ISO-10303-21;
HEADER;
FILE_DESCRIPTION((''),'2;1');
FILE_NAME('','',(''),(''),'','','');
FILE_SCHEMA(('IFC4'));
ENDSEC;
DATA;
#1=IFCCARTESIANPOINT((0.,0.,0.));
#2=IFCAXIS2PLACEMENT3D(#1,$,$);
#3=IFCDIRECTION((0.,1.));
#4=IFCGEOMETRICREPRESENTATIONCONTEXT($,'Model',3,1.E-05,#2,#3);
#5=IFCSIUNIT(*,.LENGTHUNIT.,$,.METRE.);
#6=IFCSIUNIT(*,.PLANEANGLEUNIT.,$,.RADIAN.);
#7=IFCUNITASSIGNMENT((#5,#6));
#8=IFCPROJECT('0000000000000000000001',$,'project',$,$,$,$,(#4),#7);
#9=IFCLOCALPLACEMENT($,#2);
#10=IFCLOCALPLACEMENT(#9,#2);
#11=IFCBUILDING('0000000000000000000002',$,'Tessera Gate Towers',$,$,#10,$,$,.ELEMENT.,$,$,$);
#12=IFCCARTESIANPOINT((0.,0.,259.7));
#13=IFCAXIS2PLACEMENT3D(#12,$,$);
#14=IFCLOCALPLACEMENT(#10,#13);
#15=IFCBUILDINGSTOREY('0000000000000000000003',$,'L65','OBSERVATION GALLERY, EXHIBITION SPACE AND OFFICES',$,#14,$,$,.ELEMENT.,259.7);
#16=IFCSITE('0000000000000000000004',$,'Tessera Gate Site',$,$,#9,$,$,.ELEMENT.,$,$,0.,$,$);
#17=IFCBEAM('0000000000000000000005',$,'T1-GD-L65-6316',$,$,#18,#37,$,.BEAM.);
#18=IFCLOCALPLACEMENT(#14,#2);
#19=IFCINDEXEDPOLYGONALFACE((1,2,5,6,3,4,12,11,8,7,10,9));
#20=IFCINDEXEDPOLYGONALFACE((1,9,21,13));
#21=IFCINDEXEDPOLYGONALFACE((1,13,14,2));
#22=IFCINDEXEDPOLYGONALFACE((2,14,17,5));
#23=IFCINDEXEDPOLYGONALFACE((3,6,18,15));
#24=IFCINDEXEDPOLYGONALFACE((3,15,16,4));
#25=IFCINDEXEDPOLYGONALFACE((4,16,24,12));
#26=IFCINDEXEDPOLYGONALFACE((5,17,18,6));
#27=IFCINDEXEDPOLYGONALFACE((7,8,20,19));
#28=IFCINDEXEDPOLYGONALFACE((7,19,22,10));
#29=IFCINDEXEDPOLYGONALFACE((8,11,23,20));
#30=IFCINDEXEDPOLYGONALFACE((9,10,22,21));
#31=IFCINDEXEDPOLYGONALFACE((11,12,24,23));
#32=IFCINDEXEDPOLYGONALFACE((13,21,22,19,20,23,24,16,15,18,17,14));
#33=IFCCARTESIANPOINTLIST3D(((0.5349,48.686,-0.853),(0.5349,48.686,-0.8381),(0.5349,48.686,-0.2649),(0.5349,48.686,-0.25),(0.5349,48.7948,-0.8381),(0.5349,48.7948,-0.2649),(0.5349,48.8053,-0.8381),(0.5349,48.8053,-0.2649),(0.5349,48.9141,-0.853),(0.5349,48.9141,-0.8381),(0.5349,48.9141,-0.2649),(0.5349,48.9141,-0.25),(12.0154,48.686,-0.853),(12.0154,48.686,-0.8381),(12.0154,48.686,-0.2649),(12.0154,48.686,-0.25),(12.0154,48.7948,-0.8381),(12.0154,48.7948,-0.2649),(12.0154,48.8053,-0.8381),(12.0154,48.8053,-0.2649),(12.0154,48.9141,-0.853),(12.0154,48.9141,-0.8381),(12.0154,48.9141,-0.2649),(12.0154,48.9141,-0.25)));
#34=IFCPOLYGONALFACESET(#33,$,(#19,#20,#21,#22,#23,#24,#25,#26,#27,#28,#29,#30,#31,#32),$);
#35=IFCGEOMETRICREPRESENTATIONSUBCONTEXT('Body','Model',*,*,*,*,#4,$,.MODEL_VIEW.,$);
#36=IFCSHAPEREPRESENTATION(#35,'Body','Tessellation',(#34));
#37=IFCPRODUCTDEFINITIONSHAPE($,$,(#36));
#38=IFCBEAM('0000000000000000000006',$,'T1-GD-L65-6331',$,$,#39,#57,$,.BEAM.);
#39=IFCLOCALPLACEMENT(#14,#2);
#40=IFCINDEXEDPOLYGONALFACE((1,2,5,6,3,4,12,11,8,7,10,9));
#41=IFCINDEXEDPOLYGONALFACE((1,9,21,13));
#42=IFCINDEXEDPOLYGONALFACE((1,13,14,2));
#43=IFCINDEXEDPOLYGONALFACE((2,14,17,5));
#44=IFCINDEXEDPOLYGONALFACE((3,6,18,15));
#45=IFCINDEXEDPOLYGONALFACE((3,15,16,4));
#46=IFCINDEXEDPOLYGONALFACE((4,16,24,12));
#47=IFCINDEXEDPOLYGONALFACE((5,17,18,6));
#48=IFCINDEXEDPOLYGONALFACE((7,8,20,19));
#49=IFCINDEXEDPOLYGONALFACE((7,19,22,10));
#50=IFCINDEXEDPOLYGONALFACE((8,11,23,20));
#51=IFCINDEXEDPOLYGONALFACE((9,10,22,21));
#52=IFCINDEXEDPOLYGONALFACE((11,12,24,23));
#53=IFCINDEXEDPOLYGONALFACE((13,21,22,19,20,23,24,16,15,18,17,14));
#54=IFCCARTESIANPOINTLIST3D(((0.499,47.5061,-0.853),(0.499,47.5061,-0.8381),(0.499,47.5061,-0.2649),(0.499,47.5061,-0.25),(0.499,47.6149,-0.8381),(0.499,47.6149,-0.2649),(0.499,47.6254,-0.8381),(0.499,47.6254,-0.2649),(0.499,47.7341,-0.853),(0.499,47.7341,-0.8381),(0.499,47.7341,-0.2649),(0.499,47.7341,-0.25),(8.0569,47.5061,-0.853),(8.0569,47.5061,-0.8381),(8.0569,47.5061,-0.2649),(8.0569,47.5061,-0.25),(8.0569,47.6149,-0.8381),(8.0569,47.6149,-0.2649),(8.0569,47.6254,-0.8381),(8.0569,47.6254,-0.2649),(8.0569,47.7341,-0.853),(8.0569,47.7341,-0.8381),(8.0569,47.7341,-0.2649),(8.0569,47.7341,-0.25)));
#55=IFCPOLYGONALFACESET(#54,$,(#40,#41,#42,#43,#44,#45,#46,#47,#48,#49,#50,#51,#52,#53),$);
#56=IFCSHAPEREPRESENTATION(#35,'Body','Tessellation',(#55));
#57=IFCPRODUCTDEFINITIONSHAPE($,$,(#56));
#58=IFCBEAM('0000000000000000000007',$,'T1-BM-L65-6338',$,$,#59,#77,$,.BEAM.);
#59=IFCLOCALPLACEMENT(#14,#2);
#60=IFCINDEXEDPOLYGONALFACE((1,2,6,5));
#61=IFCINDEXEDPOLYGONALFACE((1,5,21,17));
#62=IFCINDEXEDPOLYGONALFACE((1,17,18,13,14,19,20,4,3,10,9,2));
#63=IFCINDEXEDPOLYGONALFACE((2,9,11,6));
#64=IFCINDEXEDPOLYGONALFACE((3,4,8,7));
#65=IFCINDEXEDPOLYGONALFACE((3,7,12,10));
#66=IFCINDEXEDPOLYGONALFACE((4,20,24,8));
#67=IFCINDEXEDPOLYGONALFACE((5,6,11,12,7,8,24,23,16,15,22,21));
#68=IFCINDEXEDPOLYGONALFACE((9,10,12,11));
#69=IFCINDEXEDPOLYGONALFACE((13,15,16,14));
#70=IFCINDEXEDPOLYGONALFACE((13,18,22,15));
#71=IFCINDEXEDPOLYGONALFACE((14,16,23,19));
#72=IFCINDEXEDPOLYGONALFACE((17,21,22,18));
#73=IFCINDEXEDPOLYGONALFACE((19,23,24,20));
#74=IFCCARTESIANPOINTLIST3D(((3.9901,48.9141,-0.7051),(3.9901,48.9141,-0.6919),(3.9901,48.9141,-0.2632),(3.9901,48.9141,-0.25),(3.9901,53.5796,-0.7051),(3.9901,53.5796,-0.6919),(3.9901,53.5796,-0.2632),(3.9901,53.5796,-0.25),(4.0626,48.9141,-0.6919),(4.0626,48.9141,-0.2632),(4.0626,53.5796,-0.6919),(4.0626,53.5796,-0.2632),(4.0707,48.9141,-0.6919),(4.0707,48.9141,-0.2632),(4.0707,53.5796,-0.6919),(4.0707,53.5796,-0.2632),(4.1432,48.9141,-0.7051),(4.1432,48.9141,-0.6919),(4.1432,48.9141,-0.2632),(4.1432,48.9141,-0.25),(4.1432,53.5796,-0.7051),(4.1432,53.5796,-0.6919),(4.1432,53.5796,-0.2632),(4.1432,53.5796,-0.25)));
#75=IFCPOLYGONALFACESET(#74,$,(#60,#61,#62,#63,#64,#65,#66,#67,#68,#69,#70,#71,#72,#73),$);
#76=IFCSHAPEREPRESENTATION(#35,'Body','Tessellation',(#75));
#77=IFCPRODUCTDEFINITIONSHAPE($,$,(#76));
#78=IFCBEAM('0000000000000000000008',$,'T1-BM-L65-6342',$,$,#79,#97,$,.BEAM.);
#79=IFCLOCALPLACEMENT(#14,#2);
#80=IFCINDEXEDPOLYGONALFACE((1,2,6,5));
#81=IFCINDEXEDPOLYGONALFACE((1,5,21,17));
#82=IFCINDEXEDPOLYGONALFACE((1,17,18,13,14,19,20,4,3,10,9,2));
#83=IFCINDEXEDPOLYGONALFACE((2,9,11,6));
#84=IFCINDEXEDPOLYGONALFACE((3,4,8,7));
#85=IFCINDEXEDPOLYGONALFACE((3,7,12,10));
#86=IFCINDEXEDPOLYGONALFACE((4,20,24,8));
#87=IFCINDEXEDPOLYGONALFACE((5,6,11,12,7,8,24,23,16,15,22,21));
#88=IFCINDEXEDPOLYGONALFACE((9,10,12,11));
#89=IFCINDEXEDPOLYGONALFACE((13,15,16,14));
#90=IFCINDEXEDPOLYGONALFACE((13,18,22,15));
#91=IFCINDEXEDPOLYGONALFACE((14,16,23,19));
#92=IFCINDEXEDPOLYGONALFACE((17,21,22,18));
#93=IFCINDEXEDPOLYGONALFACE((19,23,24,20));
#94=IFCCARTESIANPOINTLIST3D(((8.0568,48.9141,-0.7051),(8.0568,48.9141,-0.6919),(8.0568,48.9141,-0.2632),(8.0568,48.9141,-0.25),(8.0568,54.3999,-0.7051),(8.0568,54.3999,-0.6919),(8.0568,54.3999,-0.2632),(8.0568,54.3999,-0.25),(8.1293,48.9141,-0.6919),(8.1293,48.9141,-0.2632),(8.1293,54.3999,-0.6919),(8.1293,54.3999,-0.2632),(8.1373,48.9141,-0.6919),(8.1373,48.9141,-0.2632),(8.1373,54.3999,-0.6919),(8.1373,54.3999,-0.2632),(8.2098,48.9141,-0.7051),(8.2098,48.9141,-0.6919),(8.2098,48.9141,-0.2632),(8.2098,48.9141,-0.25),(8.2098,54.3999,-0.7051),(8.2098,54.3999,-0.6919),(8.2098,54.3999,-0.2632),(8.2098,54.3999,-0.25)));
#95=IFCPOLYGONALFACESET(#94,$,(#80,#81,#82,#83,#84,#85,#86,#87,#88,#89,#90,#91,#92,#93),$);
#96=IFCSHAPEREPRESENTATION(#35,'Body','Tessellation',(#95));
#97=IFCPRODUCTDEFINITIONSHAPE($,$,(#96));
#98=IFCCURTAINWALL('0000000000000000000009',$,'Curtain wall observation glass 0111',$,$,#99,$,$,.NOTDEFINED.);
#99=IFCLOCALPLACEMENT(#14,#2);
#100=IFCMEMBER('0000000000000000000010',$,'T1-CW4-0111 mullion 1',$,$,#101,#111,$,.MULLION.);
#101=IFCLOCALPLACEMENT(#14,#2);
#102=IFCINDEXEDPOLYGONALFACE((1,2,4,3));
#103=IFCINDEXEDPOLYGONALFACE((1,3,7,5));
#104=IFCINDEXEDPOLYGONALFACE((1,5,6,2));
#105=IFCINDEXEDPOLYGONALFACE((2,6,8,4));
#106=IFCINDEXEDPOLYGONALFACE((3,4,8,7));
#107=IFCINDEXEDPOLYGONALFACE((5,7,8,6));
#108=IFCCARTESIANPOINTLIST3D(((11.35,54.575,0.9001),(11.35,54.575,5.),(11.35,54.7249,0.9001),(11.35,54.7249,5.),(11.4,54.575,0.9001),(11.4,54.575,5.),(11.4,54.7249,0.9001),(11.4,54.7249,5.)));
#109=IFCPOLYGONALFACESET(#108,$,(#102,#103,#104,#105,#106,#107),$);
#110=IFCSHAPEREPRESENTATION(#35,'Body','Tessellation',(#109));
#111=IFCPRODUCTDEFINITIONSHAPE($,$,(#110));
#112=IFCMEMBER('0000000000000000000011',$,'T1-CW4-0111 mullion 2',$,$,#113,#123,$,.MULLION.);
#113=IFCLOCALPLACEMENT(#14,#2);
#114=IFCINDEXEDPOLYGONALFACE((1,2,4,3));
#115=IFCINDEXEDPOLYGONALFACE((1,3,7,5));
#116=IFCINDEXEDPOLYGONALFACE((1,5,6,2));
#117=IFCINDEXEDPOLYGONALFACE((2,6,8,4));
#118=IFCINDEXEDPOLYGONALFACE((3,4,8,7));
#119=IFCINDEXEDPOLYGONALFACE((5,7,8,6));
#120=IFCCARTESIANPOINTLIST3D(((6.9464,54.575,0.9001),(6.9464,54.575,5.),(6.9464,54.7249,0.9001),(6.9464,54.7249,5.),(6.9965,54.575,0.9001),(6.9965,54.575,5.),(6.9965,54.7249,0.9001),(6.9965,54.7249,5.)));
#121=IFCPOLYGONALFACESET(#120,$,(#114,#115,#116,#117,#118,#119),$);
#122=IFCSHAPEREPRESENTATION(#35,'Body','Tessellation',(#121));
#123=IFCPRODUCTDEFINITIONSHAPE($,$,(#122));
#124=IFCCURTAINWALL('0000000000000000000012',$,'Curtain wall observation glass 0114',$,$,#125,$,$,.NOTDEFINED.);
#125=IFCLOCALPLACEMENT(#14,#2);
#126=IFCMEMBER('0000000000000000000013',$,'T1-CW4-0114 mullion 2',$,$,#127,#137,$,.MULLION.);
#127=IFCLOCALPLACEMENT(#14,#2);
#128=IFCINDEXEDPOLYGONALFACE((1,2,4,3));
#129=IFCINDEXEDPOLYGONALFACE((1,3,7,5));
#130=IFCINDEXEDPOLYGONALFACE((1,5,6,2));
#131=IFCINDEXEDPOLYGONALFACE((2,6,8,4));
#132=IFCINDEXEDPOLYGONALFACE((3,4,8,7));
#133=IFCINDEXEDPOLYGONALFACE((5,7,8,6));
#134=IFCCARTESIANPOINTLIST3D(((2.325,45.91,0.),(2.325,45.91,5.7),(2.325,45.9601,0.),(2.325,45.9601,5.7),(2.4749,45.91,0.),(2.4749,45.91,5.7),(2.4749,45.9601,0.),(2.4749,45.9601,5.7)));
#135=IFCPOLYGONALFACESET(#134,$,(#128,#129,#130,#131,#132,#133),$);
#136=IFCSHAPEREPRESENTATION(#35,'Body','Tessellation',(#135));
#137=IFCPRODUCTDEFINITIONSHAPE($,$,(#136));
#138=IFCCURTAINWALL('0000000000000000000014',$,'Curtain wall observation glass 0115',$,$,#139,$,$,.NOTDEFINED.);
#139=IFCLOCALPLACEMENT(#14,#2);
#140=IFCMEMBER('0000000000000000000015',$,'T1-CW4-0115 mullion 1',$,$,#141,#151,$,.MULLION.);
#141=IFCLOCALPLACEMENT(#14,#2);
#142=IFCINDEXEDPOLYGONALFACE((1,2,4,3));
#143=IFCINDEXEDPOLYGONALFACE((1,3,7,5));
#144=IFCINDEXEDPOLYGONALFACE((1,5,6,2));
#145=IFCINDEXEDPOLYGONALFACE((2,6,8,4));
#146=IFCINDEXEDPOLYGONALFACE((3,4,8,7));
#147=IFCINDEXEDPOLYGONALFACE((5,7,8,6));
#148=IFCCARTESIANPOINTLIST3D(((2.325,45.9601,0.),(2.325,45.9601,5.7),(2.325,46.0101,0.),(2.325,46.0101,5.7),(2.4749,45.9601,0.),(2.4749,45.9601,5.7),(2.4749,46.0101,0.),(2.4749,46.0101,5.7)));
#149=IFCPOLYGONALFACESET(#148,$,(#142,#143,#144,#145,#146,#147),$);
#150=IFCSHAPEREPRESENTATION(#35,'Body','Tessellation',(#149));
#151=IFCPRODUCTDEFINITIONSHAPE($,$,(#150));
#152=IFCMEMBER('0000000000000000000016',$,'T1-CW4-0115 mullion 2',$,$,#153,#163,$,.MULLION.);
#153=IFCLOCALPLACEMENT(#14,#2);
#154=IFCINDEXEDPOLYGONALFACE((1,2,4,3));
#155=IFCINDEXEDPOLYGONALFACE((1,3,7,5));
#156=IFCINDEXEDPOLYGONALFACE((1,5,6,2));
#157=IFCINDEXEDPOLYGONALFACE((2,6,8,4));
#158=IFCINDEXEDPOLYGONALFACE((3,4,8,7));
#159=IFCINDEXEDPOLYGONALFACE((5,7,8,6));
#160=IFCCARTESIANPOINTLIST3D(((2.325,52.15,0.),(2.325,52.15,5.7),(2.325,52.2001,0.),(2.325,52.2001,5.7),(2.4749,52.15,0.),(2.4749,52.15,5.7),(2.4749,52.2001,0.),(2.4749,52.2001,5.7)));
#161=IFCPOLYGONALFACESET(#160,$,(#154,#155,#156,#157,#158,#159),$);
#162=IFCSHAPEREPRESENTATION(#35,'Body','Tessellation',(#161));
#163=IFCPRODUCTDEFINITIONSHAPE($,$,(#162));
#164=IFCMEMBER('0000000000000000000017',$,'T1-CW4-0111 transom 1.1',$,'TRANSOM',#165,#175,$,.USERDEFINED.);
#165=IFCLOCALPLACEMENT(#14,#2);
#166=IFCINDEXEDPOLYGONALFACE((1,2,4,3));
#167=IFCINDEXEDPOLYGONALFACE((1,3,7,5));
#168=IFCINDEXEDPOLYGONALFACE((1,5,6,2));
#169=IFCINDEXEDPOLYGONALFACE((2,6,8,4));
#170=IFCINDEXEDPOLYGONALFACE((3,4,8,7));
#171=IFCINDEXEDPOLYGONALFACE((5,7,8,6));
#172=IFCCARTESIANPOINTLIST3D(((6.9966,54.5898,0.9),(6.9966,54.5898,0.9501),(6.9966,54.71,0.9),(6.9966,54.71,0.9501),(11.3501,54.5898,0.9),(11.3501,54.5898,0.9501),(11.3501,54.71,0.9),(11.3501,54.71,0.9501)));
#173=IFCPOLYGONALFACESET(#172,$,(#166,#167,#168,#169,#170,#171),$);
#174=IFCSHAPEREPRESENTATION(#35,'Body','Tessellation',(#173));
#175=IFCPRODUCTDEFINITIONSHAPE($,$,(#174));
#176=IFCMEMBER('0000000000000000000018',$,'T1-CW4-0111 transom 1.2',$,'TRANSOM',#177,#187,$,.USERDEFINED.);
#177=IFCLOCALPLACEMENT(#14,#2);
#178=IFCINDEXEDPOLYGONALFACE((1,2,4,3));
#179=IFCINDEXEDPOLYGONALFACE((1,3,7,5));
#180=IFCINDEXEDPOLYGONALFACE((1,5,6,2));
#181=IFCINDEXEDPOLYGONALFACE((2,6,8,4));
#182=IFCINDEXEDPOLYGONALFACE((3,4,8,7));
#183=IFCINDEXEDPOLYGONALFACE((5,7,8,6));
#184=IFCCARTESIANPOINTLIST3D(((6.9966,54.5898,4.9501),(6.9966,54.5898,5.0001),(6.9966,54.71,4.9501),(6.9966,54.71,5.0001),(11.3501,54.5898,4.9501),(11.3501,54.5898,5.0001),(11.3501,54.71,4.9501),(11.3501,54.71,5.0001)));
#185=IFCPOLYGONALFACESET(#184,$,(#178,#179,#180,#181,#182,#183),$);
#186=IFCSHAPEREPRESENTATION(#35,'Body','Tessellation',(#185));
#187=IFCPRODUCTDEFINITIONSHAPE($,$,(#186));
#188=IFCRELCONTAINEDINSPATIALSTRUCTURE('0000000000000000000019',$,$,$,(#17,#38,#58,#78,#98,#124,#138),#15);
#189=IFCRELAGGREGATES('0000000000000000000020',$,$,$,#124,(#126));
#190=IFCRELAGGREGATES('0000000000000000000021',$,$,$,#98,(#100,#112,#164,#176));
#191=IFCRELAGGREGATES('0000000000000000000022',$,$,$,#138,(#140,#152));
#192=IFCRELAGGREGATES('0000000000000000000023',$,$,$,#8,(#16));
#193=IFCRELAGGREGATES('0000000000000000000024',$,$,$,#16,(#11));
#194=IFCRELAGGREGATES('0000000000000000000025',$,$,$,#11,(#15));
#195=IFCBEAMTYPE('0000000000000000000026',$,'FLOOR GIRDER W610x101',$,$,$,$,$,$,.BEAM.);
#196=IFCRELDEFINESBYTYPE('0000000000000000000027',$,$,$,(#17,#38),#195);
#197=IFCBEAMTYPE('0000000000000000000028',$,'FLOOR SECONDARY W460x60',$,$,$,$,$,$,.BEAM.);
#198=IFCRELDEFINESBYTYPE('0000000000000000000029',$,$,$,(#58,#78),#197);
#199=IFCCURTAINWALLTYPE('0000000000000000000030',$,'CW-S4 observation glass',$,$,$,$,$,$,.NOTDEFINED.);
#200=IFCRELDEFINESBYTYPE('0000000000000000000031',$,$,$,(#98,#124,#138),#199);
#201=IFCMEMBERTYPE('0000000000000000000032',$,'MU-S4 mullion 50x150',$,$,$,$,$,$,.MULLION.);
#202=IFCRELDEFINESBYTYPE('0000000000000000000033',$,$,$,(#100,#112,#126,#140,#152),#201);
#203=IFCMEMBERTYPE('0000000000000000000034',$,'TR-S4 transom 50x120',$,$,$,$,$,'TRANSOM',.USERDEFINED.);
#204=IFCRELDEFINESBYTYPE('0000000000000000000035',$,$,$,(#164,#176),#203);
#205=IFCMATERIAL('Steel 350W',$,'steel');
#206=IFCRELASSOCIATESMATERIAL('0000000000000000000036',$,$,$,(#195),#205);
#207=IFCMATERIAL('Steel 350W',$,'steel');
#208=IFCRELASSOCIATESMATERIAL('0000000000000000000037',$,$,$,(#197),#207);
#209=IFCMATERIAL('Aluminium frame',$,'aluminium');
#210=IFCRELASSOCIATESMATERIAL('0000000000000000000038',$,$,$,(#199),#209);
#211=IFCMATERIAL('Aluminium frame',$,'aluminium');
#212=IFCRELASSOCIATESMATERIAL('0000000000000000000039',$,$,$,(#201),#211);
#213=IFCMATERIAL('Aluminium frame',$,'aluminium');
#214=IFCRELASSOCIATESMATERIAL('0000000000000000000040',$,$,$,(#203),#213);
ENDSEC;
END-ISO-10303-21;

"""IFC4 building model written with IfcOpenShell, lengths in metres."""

from ifc_helpers import new_model, si_unit, direction, frame, origin, origin_2d, place, context, subcontext, project, spatial, rectangle, i_section, extrude, material, material_profile, profile_set, type_object, element, aggregate, save


model = new_model("IFC4")

# Units and contexts
model_context = context("Model", 3, precision=1e-05, world=origin(), true_north=direction((0.0, 1.0)))
body_context = subcontext(model_context, "Body", "Model", "MODEL_VIEW")
ifc_project = project(units=[si_unit("LENGTHUNIT", "METRE"), si_unit("PLANEANGLEUNIT", "RADIAN")], contexts=[model_context])

# Site, building, storey
site_placement = place(None, origin())
site = spatial("IfcSite", under=ifc_project, at=site_placement, Name="Tessera Gate Site", CompositionType="ELEMENT", RefElevation=0.0)
building_placement = place(site_placement, origin())
building = spatial("IfcBuilding", under=site, at=building_placement, Name="Tessera Gate Towers", CompositionType="ELEMENT")
storey_placement = place(building_placement, frame((0.0, 0.0, 259.7)))
storey = spatial("IfcBuildingStorey", under=building, at=storey_placement, Name="L65", Description="OBSERVATION GALLERY, EXHIBITION SPACE AND OFFICES", CompositionType="ELEMENT", Elevation=259.7)

# Beams
ifc_material_1 = material(Name="Steel 350W", Category="steel")
ifc_material_profile_1 = material_profile(ifc_material_1, i_section(OverallWidth=0.228, OverallDepth=0.603, WebThickness=0.0105, FlangeThickness=0.0149, at=origin_2d()), Name="W610x101")
ifc_profile_set_1 = profile_set([ifc_material_profile_1], Name="Steel 350W")
beam_type_1 = type_object("IfcBeamType", Name="FLOOR GIRDER W610x101", PredefinedType="BEAM", material=ifc_profile_set_1)
beam_1_placement = place(storey_placement, frame((0.5349, 48.8, -0.5515), z_axis=(1.0, 0.0, 0.0), x_axis=(0.0, 1.0, 0.0)))
element("IfcBeam", 1, at=beam_1_placement, inside=storey, type_object=beam_type_1, Name="T1-GD-L65-6316", PredefinedType="BEAM", context=body_context, shape_type="SweptSolid", body=[
    extrude(i_section(OverallWidth=0.228, OverallDepth=0.603, WebThickness=0.0105, FlangeThickness=0.0149, at=origin_2d()), origin(), (0.0, 0.0, 1.0), 11.4805),
])
beam_2_placement = place(storey_placement, frame((0.499, 47.6201, -0.5515), z_axis=(1.0, 0.0, 0.0), x_axis=(0.0, 1.0, 0.0)))
element("IfcBeam", 2, at=beam_2_placement, inside=storey, type_object=beam_type_1, Name="T1-GD-L65-6331", PredefinedType="BEAM", context=body_context, shape_type="SweptSolid", body=[
    extrude(i_section(OverallWidth=0.228, OverallDepth=0.603, WebThickness=0.0105, FlangeThickness=0.0149, at=origin_2d()), origin(), (0.0, 0.0, 1.0), 7.5579),
])
ifc_material_2 = material(Name="Steel 350W", Category="steel")
ifc_material_profile_2 = material_profile(ifc_material_2, i_section(OverallWidth=0.1531, OverallDepth=0.4551, WebThickness=0.0081, FlangeThickness=0.0132, at=origin_2d()), Name="W460x60")
ifc_profile_set_2 = profile_set([ifc_material_profile_2], Name="Steel 350W")
beam_type_2 = type_object("IfcBeamType", Name="FLOOR SECONDARY W460x60", PredefinedType="BEAM", material=ifc_profile_set_2)
beam_3_placement = place(storey_placement, frame((4.0667, 48.9141, -0.4775), z_axis=(0.0, 1.0, 0.0), x_axis=(-1.0, 0.0, 0.0)))
element("IfcBeam", 3, at=beam_3_placement, inside=storey, type_object=beam_type_2, Name="T1-BM-L65-6338", PredefinedType="BEAM", context=body_context, shape_type="SweptSolid", body=[
    extrude(i_section(OverallWidth=0.1531, OverallDepth=0.4551, WebThickness=0.0081, FlangeThickness=0.0132, at=origin_2d()), origin(), (0.0, 0.0, 1.0), 4.6655),
])
beam_4_placement = place(storey_placement, frame((8.1333, 48.9141, -0.4775), z_axis=(0.0, 1.0, 0.0), x_axis=(-1.0, 0.0, 0.0)))
element("IfcBeam", 4, at=beam_4_placement, inside=storey, type_object=beam_type_2, Name="T1-BM-L65-6342", PredefinedType="BEAM", context=body_context, shape_type="SweptSolid", body=[
    extrude(i_section(OverallWidth=0.1531, OverallDepth=0.4551, WebThickness=0.0081, FlangeThickness=0.0132, at=origin_2d()), origin(), (0.0, 0.0, 1.0), 5.4858),
])

# Curtain wall, members
ifc_material_3 = material(Name="Aluminium frame", Category="aluminium")
curtain_wall_type = type_object("IfcCurtainWallType", Name="CW-S4 observation glass", PredefinedType="NOTDEFINED", material=ifc_material_3)
curtain_wall_1_placement = place(storey_placement, origin())
curtain_wall_1 = element("IfcCurtainWall", 5, at=curtain_wall_1_placement, inside=storey, type_object=curtain_wall_type, Name="Curtain wall observation glass 0111", PredefinedType="NOTDEFINED")
ifc_material_4 = material(Name="Aluminium frame", Category="aluminium")
ifc_material_profile_3 = material_profile(ifc_material_4, rectangle(XDim=0.05, YDim=0.1499, at=origin_2d()), Name="AL 50x150")
ifc_profile_set_3 = profile_set([ifc_material_profile_3], Name="Aluminium frame")
member_type_1 = type_object("IfcMemberType", Name="MU-S4 mullion 50x150", PredefinedType="MULLION", material=ifc_profile_set_3)
member_1_placement = place(storey_placement, frame((11.375, 54.6499, 0.9001), z_axis=(0.0, 0.0, 1.0), x_axis=(-1.0, 0.0, 0.0)))
member_1 = element("IfcMember", 6, at=member_1_placement, type_object=member_type_1, Name="T1-CW4-0111 mullion 1", PredefinedType="MULLION", context=body_context, shape_type="SweptSolid", body=[
    extrude(rectangle(XDim=0.05, YDim=0.1499, at=origin_2d()), origin(), (0.0, 0.0, 1.0), 4.0999),
])
member_2_placement = place(storey_placement, frame((6.9714, 54.6499, 0.9001), z_axis=(0.0, 0.0, 1.0), x_axis=(-1.0, 0.0, 0.0)))
member_2 = element("IfcMember", 7, at=member_2_placement, type_object=member_type_1, Name="T1-CW4-0111 mullion 2", PredefinedType="MULLION", context=body_context, shape_type="SweptSolid", body=[
    extrude(rectangle(XDim=0.05, YDim=0.1499, at=origin_2d()), origin(), (0.0, 0.0, 1.0), 4.0999),
])

# Curtain wall, member
curtain_wall_2_placement = place(storey_placement, origin())
curtain_wall_2 = element("IfcCurtainWall", 8, at=curtain_wall_2_placement, inside=storey, type_object=curtain_wall_type, Name="Curtain wall observation glass 0114", PredefinedType="NOTDEFINED")
member_3_placement = place(storey_placement, frame((2.3999, 45.9351, 0.0), z_axis=(0.0, 0.0, 1.0), x_axis=(0.0, 1.0, 0.0)))
member_3 = element("IfcMember", 9, at=member_3_placement, type_object=member_type_1, Name="T1-CW4-0114 mullion 2", PredefinedType="MULLION", context=body_context, shape_type="SweptSolid", body=[
    extrude(rectangle(XDim=0.05, YDim=0.1499, at=origin_2d()), origin(), (0.0, 0.0, 1.0), 5.7),
])
aggregate(curtain_wall_2, [member_3])

# Curtain wall, members
curtain_wall_3_placement = place(storey_placement, origin())
curtain_wall_3 = element("IfcCurtainWall", 10, at=curtain_wall_3_placement, inside=storey, type_object=curtain_wall_type, Name="Curtain wall observation glass 0115", PredefinedType="NOTDEFINED")
member_4_placement = place(storey_placement, frame((2.3999, 45.9851, 0.0), z_axis=(0.0, 0.0, 1.0), x_axis=(0.0, 1.0, 0.0)))
member_4 = element("IfcMember", 11, at=member_4_placement, type_object=member_type_1, Name="T1-CW4-0115 mullion 1", PredefinedType="MULLION", context=body_context, shape_type="SweptSolid", body=[
    extrude(rectangle(XDim=0.05, YDim=0.1499, at=origin_2d()), origin(), (0.0, 0.0, 1.0), 5.7),
])
member_5_placement = place(storey_placement, frame((2.3999, 52.175, 0.0), z_axis=(0.0, 0.0, 1.0), x_axis=(0.0, 1.0, 0.0)))
member_5 = element("IfcMember", 12, at=member_5_placement, type_object=member_type_1, Name="T1-CW4-0115 mullion 2", PredefinedType="MULLION", context=body_context, shape_type="SweptSolid", body=[
    extrude(rectangle(XDim=0.05, YDim=0.1499, at=origin_2d()), origin(), (0.0, 0.0, 1.0), 5.7),
])

# Members
ifc_material_5 = material(Name="Aluminium frame", Category="aluminium")
ifc_material_profile_4 = material_profile(ifc_material_5, rectangle(XDim=0.1201, YDim=0.05, at=origin_2d()), Name="AL 50x120")
ifc_profile_set_4 = profile_set([ifc_material_profile_4], Name="Aluminium frame")
member_type_2 = type_object("IfcMemberType", Name="TR-S4 transom 50x120", ElementType="TRANSOM", PredefinedType="USERDEFINED", material=ifc_profile_set_4)
member_6_placement = place(storey_placement, frame((11.3501, 54.6499, 0.925), z_axis=(-1.0, 0.0, 0.0), x_axis=(0.0, -1.0, 0.0)))
member_6 = element("IfcMember", 13, at=member_6_placement, type_object=member_type_2, Name="T1-CW4-0111 transom 1.1", ObjectType="TRANSOM", PredefinedType="USERDEFINED", context=body_context, shape_type="SweptSolid", body=[
    extrude(rectangle(XDim=0.1201, YDim=0.05, at=origin_2d()), origin(), (0.0, 0.0, 1.0), 4.3535),
])
member_7_placement = place(storey_placement, frame((11.3501, 54.6499, 4.9751), z_axis=(-1.0, 0.0, 0.0), x_axis=(0.0, -1.0, 0.0)))
member_7 = element("IfcMember", 14, at=member_7_placement, type_object=member_type_2, Name="T1-CW4-0111 transom 1.2", ObjectType="TRANSOM", PredefinedType="USERDEFINED", context=body_context, shape_type="SweptSolid", body=[
    extrude(rectangle(XDim=0.1201, YDim=0.05, at=origin_2d()), origin(), (0.0, 0.0, 1.0), 4.3535),
])

aggregate(curtain_wall_1, [member_1, member_2, member_6, member_7])
aggregate(curtain_wall_3, [member_4, member_5])

save(model, "model.ifc")
